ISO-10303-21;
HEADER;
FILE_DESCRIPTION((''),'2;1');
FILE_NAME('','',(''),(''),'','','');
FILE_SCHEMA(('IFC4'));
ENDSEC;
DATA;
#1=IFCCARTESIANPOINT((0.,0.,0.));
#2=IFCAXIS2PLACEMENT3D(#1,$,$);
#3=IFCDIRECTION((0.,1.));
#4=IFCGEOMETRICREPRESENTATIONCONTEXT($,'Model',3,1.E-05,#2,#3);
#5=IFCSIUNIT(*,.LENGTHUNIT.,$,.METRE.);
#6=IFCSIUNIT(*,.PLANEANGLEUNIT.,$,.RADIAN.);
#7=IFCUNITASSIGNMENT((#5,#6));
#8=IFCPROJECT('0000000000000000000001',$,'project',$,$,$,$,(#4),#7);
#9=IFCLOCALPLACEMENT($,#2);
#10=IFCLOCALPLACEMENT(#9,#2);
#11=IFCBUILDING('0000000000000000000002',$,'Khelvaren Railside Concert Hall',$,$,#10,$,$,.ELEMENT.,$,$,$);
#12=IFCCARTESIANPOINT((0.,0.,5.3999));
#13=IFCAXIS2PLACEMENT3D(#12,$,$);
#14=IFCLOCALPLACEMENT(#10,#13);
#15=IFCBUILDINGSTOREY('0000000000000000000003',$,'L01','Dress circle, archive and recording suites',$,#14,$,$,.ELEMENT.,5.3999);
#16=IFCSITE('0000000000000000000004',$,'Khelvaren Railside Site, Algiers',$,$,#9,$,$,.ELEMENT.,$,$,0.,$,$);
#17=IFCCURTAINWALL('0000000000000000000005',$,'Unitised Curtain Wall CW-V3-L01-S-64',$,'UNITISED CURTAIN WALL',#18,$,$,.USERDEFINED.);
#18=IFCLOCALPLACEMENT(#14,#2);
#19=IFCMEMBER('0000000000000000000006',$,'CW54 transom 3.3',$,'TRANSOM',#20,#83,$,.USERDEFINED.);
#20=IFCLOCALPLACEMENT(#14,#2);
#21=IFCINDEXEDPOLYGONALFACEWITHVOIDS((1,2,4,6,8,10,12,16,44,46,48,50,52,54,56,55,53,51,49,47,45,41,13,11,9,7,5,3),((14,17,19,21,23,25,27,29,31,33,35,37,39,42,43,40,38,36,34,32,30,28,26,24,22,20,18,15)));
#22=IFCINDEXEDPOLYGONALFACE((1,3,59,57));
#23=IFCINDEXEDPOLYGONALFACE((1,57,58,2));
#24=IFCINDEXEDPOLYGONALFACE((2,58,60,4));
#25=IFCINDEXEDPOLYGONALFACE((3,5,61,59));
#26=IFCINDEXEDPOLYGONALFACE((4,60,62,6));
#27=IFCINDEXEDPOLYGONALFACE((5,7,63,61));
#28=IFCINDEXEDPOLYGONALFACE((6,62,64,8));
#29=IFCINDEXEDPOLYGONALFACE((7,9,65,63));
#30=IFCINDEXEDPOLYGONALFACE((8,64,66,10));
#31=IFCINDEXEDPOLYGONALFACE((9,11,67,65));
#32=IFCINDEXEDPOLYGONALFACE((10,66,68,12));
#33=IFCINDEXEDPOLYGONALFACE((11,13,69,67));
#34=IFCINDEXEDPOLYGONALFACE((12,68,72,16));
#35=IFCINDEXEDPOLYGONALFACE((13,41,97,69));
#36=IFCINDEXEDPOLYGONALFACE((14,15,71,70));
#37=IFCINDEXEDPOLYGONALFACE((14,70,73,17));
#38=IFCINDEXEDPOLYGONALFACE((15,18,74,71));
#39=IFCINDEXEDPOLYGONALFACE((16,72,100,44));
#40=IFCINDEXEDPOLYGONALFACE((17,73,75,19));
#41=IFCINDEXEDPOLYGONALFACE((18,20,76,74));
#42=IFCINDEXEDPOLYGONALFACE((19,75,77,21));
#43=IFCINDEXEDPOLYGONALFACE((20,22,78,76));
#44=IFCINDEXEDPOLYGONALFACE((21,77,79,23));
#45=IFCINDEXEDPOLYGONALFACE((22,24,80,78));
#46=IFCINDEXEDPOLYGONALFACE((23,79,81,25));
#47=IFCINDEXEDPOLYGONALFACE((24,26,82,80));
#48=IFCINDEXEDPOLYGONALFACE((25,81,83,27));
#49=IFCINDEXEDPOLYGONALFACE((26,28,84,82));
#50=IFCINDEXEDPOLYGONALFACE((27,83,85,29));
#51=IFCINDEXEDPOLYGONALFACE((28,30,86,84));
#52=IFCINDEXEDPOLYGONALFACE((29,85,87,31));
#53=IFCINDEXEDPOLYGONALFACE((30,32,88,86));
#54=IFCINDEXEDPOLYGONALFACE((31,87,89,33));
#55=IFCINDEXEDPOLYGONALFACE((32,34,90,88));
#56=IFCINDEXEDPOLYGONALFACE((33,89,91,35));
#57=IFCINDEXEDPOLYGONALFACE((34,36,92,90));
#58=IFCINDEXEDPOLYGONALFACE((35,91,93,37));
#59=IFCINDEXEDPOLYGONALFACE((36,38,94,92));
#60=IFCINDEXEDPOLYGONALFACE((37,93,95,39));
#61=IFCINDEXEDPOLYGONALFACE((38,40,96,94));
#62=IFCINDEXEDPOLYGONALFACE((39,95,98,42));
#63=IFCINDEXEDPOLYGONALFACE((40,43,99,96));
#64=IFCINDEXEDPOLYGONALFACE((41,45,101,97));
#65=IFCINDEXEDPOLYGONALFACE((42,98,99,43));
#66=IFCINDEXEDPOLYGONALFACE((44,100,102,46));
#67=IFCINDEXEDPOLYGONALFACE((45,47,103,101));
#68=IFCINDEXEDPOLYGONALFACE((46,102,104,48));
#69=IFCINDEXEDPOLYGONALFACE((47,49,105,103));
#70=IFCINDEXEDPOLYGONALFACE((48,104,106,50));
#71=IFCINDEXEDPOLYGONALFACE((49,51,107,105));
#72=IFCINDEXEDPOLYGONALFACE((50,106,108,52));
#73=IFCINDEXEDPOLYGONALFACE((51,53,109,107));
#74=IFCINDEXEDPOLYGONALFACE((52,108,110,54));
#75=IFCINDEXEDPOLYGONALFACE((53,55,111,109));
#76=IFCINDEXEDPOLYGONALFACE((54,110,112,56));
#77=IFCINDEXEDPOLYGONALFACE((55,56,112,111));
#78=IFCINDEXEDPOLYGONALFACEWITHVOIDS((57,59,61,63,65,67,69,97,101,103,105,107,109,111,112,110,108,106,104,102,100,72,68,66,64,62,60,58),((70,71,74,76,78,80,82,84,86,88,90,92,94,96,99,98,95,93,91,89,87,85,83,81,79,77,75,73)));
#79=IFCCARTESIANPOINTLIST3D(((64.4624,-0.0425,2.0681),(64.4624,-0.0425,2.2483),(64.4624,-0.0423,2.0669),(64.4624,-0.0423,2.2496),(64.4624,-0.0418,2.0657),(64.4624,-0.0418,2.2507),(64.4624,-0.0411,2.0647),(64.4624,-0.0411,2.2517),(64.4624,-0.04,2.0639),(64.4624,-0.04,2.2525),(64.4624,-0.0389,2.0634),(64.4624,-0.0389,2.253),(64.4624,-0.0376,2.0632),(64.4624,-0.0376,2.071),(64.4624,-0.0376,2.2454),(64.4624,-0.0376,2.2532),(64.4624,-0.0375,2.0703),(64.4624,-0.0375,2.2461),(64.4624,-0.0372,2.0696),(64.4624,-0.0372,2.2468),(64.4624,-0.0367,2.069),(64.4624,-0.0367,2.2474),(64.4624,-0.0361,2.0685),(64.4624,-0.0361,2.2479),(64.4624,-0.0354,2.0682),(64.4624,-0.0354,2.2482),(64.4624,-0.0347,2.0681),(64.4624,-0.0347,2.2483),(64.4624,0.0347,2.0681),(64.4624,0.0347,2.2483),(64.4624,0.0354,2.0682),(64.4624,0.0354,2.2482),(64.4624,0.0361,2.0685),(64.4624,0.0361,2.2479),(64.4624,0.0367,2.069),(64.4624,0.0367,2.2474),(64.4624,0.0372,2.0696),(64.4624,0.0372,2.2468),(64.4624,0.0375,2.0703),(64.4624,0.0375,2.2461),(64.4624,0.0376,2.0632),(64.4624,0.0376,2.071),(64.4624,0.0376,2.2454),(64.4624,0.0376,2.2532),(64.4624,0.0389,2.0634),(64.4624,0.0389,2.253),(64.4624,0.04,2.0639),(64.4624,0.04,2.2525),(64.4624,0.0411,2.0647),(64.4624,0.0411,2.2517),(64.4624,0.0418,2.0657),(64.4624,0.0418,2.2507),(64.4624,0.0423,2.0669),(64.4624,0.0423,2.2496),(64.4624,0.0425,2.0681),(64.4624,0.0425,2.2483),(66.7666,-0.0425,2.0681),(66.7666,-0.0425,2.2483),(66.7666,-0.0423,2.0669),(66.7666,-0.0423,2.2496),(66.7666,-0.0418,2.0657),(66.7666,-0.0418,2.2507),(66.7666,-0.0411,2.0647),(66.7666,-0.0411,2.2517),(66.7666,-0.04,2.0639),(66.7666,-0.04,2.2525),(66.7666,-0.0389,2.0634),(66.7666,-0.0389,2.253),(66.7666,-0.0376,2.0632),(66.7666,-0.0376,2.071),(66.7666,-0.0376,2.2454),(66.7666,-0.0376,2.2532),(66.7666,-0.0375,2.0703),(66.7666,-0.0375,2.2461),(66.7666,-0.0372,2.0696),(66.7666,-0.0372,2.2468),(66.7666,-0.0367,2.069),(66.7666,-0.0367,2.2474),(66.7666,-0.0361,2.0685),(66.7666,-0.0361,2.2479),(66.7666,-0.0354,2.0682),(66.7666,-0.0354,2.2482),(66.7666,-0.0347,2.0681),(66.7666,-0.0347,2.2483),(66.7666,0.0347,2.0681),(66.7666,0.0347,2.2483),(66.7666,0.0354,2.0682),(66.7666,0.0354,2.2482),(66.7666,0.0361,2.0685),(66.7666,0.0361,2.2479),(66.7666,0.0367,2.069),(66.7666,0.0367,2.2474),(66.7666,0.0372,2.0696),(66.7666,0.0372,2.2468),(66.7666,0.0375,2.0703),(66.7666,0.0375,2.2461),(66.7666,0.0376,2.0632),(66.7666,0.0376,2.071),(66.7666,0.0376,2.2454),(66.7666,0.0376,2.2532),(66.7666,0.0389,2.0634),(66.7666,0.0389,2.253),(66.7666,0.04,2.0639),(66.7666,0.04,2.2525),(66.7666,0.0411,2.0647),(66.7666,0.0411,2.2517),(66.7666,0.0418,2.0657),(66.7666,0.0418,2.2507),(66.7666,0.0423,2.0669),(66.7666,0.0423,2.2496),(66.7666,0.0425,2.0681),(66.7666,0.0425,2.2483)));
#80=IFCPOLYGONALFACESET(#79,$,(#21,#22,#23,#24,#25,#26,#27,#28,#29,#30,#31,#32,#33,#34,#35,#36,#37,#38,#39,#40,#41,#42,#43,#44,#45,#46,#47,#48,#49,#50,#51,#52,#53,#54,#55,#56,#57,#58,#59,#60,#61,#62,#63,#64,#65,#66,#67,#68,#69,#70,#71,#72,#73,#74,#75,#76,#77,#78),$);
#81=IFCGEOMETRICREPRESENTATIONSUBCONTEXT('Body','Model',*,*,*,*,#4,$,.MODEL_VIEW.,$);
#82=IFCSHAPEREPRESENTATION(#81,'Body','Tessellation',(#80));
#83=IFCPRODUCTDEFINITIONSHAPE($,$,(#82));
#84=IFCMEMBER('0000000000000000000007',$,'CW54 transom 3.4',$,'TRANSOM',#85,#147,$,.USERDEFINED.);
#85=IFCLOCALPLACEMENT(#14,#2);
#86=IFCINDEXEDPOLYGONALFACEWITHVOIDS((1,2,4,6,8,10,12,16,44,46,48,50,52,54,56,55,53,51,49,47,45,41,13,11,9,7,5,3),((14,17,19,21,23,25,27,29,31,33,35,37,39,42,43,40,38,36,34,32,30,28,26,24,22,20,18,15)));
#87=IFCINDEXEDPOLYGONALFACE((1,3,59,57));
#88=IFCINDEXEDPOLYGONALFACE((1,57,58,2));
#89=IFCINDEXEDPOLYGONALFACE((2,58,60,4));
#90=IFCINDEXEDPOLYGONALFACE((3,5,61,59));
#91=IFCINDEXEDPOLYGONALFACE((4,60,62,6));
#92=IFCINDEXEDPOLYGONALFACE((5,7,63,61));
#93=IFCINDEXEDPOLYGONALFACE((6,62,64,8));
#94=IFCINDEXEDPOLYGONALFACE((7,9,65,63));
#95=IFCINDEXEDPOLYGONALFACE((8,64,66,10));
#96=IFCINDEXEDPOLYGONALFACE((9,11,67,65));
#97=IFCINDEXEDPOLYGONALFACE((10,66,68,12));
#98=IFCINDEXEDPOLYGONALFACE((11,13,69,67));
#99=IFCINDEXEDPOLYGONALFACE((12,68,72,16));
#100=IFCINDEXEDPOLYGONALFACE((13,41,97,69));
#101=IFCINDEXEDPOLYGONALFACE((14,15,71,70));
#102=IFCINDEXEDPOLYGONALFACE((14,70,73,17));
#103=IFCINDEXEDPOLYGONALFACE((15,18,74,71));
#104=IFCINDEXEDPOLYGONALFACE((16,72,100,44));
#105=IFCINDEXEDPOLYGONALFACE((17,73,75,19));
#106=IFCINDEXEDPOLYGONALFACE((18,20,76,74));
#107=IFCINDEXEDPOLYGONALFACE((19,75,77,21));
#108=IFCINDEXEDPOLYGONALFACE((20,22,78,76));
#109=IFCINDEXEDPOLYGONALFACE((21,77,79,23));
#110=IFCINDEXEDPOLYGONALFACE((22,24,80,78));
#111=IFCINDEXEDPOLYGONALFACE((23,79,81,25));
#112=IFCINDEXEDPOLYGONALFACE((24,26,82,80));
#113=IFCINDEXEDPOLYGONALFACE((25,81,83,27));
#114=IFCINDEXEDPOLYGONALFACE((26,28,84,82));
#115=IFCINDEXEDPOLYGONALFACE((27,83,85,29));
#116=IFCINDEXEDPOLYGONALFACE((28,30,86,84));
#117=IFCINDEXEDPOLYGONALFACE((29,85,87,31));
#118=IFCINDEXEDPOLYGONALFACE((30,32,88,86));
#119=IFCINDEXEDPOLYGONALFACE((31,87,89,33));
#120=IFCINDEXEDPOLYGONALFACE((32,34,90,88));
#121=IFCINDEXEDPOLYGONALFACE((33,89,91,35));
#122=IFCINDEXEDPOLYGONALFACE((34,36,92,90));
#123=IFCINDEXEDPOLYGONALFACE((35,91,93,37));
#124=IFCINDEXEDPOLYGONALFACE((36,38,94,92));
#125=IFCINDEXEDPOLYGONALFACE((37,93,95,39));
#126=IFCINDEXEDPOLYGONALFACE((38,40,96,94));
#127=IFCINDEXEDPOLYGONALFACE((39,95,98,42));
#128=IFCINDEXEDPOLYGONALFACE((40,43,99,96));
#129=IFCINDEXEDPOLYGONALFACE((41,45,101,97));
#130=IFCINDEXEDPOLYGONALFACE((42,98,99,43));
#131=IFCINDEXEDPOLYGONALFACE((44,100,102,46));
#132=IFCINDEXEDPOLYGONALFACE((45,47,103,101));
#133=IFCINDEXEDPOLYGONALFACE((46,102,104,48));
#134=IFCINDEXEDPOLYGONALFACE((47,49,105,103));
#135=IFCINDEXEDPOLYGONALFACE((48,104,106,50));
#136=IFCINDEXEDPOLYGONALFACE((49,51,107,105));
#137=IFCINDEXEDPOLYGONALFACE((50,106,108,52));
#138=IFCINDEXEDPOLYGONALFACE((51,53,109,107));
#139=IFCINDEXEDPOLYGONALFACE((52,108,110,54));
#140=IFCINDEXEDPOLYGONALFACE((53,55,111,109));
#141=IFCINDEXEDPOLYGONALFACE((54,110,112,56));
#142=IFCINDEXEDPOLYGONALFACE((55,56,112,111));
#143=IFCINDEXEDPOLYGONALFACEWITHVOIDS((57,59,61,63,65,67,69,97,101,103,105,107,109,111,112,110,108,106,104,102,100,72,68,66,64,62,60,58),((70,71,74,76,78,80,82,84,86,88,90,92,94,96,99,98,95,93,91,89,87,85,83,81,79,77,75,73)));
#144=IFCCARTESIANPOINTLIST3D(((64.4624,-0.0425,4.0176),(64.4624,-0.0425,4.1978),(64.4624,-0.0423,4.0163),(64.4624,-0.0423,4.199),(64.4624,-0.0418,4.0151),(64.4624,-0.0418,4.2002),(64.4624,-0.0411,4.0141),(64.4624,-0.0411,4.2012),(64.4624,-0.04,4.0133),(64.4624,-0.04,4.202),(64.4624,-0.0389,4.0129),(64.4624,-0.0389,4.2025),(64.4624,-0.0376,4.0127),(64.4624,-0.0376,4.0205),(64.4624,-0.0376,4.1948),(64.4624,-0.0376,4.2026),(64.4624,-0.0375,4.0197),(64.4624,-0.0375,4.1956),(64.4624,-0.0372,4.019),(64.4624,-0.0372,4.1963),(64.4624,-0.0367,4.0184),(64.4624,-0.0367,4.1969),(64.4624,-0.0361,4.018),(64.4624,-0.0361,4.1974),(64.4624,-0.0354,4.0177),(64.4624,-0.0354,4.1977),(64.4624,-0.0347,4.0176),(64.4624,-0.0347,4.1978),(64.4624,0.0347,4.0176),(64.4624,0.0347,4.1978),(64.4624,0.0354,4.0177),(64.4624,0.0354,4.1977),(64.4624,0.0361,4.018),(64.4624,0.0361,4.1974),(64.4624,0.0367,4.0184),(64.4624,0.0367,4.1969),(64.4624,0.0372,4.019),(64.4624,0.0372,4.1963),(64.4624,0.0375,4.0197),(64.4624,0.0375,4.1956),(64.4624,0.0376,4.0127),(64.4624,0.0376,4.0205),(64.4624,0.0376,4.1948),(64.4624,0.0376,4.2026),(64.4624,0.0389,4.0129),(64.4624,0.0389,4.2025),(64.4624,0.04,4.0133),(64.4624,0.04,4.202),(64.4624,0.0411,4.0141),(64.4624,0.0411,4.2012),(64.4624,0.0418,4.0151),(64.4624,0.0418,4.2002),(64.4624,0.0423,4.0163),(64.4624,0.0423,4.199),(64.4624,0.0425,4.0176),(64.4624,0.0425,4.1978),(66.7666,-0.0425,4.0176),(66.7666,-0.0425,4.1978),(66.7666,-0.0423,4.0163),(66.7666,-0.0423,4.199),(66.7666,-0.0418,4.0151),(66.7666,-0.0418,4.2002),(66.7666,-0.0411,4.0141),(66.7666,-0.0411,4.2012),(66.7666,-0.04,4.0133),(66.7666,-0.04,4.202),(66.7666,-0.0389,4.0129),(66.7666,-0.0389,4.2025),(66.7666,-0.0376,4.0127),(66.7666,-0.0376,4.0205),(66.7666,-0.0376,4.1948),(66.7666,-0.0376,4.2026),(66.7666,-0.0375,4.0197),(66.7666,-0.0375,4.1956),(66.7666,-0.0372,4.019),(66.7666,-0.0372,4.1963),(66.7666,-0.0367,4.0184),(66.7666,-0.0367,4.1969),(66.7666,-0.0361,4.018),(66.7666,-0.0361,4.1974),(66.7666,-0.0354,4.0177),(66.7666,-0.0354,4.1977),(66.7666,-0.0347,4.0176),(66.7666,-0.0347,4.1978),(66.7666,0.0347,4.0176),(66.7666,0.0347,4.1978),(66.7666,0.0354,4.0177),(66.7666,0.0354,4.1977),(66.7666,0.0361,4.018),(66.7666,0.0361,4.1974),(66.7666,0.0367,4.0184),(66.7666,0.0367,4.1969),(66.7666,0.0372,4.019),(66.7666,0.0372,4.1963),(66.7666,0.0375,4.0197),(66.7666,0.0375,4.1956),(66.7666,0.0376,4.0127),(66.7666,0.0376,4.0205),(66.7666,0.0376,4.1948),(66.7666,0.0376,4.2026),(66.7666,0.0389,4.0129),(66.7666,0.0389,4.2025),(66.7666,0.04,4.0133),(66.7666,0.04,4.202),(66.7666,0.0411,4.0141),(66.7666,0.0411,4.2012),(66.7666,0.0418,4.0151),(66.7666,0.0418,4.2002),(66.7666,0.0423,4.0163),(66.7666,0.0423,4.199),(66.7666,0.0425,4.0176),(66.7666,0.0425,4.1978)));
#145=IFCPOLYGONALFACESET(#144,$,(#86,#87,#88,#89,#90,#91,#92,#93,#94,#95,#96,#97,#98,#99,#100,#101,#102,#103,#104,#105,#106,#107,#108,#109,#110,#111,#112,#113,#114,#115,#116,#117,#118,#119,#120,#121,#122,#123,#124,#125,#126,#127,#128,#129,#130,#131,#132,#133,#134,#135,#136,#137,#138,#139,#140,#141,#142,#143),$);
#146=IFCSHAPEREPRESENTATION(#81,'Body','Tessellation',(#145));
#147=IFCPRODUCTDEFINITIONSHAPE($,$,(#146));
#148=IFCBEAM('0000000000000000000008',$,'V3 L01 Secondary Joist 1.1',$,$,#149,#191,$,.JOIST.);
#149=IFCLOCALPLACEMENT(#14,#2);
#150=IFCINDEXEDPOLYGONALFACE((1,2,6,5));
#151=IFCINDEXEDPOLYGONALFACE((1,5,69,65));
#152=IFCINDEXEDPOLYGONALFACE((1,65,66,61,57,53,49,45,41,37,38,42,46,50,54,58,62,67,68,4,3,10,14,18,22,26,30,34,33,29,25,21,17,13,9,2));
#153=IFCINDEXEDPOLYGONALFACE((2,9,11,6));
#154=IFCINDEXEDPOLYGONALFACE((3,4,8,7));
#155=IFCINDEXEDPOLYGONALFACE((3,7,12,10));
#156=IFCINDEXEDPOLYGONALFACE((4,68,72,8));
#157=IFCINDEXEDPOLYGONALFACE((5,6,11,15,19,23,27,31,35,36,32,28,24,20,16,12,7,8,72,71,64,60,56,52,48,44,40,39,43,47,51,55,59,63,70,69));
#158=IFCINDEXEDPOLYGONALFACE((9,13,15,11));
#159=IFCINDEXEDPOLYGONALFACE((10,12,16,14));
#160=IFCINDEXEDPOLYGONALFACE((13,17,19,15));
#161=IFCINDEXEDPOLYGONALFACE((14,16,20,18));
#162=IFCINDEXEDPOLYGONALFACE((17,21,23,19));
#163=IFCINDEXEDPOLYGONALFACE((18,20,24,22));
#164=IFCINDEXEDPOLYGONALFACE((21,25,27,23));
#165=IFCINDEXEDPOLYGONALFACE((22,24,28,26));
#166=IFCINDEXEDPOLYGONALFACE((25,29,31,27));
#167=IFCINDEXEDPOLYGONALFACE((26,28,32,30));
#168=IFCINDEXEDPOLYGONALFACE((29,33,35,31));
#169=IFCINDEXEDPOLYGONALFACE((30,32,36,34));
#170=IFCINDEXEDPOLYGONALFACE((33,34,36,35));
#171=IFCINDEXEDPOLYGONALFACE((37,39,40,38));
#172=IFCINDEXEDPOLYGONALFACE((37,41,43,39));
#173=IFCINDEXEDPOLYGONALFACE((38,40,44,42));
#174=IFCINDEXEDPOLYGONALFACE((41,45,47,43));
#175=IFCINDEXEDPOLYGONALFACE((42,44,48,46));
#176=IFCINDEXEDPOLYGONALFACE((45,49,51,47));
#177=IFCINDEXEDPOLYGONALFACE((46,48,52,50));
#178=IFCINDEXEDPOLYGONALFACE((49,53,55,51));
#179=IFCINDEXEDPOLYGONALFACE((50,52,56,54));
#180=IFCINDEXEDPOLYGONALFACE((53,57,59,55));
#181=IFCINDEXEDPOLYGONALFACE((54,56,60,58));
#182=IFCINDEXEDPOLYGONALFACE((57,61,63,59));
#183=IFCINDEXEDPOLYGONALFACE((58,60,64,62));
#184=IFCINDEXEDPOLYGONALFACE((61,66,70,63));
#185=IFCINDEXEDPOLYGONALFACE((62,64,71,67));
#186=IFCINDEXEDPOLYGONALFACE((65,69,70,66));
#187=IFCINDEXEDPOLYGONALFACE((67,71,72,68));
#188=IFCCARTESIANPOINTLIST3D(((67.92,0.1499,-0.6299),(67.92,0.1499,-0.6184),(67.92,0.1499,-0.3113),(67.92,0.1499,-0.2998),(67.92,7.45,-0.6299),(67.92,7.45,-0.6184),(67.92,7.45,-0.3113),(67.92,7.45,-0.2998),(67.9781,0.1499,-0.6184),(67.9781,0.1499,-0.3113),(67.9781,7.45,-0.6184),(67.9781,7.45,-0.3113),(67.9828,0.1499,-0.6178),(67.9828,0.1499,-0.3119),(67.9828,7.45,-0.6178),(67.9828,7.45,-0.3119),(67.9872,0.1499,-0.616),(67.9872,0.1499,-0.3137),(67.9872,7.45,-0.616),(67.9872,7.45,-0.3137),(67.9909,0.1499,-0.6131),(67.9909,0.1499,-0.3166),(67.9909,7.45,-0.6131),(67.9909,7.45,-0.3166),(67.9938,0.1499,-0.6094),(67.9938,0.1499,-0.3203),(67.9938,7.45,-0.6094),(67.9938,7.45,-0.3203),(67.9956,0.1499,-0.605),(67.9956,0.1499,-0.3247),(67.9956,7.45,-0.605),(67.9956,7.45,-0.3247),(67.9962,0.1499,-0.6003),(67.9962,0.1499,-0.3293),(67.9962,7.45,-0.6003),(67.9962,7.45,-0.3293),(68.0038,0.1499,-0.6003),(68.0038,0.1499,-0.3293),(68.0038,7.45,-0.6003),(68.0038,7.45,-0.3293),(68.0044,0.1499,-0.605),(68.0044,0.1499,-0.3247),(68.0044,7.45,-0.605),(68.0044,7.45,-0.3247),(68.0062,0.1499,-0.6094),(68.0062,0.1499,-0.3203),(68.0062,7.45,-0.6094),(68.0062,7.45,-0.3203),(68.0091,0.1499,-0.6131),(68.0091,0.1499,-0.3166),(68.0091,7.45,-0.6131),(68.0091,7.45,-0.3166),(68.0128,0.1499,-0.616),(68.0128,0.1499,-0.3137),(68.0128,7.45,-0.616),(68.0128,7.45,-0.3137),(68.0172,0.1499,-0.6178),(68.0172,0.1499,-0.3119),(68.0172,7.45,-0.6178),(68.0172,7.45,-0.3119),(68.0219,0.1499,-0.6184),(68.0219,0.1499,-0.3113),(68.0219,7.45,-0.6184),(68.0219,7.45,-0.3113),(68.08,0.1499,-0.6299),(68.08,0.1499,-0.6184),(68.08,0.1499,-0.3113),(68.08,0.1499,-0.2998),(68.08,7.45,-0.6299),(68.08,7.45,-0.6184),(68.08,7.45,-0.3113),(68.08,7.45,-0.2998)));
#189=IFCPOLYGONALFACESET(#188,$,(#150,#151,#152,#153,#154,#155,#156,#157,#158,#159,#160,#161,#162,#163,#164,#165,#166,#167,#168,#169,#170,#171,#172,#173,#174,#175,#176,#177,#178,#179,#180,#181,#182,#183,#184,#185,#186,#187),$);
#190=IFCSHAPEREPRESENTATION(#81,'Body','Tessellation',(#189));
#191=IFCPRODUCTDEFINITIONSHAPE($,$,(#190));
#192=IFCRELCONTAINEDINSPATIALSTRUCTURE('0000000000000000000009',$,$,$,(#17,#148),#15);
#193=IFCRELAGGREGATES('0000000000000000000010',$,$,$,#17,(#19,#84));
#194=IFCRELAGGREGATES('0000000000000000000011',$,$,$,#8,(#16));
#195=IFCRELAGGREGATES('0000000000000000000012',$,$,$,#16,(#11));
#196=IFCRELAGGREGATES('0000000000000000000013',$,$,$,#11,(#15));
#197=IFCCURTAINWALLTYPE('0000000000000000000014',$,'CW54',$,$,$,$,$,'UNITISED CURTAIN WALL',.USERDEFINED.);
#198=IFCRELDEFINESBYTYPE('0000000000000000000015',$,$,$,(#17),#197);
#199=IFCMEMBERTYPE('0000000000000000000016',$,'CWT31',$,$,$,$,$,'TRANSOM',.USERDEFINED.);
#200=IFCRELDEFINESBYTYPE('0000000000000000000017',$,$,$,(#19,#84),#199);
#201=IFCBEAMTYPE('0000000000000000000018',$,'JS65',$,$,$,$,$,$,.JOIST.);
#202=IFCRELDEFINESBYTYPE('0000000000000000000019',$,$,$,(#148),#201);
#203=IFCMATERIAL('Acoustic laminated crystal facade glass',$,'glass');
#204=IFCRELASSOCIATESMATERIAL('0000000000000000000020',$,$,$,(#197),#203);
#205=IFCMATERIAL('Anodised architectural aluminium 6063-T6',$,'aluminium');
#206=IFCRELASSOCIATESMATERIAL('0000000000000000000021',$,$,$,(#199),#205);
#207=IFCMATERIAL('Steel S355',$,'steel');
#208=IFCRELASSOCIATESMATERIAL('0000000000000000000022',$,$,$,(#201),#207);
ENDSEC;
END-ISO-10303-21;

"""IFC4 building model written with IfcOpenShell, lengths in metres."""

from ifc_helpers import new_model, si_unit, direction, frame, origin, origin_2d, place, context, subcontext, project, spatial, hollow_rectangle, i_section, extrude, material, material_profile, profile_set, type_object, element, aggregate, save


model = new_model("IFC4")

# Units and contexts
model_context = context("Model", 3, precision=1e-05, world=origin(), true_north=direction((0.0, 1.0)))
body_context = subcontext(model_context, "Body", "Model", "MODEL_VIEW")
ifc_project = project(units=[si_unit("LENGTHUNIT", "METRE"), si_unit("PLANEANGLEUNIT", "RADIAN")], contexts=[model_context])

# Site, building, storey
site_placement = place(None, origin())
site = spatial("IfcSite", under=ifc_project, at=site_placement, Name="Khelvaren Railside Site, Algiers", CompositionType="ELEMENT", RefElevation=0.0)
building_placement = place(site_placement, origin())
building = spatial("IfcBuilding", under=site, at=building_placement, Name="Khelvaren Railside Concert Hall", CompositionType="ELEMENT")
storey_placement = place(building_placement, frame((0.0, 0.0, 5.3999)))
storey = spatial("IfcBuildingStorey", under=building, at=storey_placement, Name="L01", Description="Dress circle, archive and recording suites", CompositionType="ELEMENT", Elevation=5.3999)

# Shared definitions
ifc_material_1 = material(Name="Steel S355", Category="steel")

# Curtain wall, members
ifc_material_2 = material(Name="Acoustic laminated crystal facade glass", Category="glass")
curtain_wall_type = type_object("IfcCurtainWallType", Name="CW54", ElementType="UNITISED CURTAIN WALL", PredefinedType="USERDEFINED", material=ifc_material_2)
curtain_wall_placement = place(storey_placement, origin())
curtain_wall = element("IfcCurtainWall", 1, at=curtain_wall_placement, inside=storey, type_object=curtain_wall_type, Name="Unitised Curtain Wall CW-V3-L01-S-64", ObjectType="UNITISED CURTAIN WALL", PredefinedType="USERDEFINED")
ifc_material_3 = material(Name="Anodised architectural aluminium 6063-T6", Category="aluminium")
ifc_material_profile_1 = material_profile(ifc_material_3, hollow_rectangle(XDim=0.085, YDim=0.1899, WallThickness=0.0049, InnerFilletRadius=0.0029, OuterFilletRadius=0.0049, at=origin_2d()), Name="CWT 85x190x5")
ifc_profile_set_1 = profile_set([ifc_material_profile_1], Name="Anodised architectural aluminium 6063-T6")
member_type_1 = type_object("IfcMemberType", Name="CWT31", ElementType="TRANSOM", PredefinedType="USERDEFINED", material=ifc_profile_set_1)
member_1_placement = place(storey_placement, frame((66.7666, 0.0, 2.1582), z_axis=(-1.0, 0.0, 0.0), x_axis=(0.0, -1.0, 0.0)))
member_1 = element("IfcMember", 2, at=member_1_placement, type_object=member_type_1, Name="CW54 transom 3.3", ObjectType="TRANSOM", PredefinedType="USERDEFINED", context=body_context, shape_type="SweptSolid", body=[
    extrude(hollow_rectangle(XDim=0.085, YDim=0.1899, WallThickness=0.0049, InnerFilletRadius=0.0029, OuterFilletRadius=0.0049, at=origin_2d()), origin(), (0.0, 0.0, 1.0), 2.3042),
])
member_2_placement = place(storey_placement, frame((66.7666, 0.0, 4.1077), z_axis=(-1.0, 0.0, 0.0), x_axis=(0.0, -1.0, 0.0)))
member_2 = element("IfcMember", 3, at=member_2_placement, type_object=member_type_1, Name="CW54 transom 3.4", ObjectType="TRANSOM", PredefinedType="USERDEFINED", context=body_context, shape_type="SweptSolid", body=[
    extrude(hollow_rectangle(XDim=0.085, YDim=0.1899, WallThickness=0.0049, InnerFilletRadius=0.0029, OuterFilletRadius=0.0049, at=origin_2d()), origin(), (0.0, 0.0, 1.0), 2.3042),
])

# Beam
ifc_material_profile_2 = material_profile(ifc_material_1, i_section(OverallWidth=0.1599, OverallDepth=0.3301, WebThickness=0.0076, FlangeThickness=0.0115, FilletRadius=0.0181, at=origin_2d()), Name="IPE 330")
ifc_profile_set_2 = profile_set([ifc_material_profile_2], Name="Steel S355")
beam_type_1 = type_object("IfcBeamType", Name="JS65", PredefinedType="JOIST", material=ifc_profile_set_2)
beam_1_placement = place(storey_placement, frame((68.0, 0.1499, -0.4648), z_axis=(0.0, 1.0, 0.0), x_axis=(-1.0, 0.0, 0.0)))
element("IfcBeam", 4, at=beam_1_placement, inside=storey, type_object=beam_type_1, Name="V3 L01 Secondary Joist 1.1", PredefinedType="JOIST", context=body_context, shape_type="SweptSolid", body=[
    extrude(i_section(OverallWidth=0.1599, OverallDepth=0.3301, WebThickness=0.0076, FlangeThickness=0.0115, FilletRadius=0.0181, at=origin_2d()), origin(), (0.0, 0.0, 1.0), 7.3),
])

aggregate(curtain_wall, [member_1, member_2])

save(model, "model.ifc")
